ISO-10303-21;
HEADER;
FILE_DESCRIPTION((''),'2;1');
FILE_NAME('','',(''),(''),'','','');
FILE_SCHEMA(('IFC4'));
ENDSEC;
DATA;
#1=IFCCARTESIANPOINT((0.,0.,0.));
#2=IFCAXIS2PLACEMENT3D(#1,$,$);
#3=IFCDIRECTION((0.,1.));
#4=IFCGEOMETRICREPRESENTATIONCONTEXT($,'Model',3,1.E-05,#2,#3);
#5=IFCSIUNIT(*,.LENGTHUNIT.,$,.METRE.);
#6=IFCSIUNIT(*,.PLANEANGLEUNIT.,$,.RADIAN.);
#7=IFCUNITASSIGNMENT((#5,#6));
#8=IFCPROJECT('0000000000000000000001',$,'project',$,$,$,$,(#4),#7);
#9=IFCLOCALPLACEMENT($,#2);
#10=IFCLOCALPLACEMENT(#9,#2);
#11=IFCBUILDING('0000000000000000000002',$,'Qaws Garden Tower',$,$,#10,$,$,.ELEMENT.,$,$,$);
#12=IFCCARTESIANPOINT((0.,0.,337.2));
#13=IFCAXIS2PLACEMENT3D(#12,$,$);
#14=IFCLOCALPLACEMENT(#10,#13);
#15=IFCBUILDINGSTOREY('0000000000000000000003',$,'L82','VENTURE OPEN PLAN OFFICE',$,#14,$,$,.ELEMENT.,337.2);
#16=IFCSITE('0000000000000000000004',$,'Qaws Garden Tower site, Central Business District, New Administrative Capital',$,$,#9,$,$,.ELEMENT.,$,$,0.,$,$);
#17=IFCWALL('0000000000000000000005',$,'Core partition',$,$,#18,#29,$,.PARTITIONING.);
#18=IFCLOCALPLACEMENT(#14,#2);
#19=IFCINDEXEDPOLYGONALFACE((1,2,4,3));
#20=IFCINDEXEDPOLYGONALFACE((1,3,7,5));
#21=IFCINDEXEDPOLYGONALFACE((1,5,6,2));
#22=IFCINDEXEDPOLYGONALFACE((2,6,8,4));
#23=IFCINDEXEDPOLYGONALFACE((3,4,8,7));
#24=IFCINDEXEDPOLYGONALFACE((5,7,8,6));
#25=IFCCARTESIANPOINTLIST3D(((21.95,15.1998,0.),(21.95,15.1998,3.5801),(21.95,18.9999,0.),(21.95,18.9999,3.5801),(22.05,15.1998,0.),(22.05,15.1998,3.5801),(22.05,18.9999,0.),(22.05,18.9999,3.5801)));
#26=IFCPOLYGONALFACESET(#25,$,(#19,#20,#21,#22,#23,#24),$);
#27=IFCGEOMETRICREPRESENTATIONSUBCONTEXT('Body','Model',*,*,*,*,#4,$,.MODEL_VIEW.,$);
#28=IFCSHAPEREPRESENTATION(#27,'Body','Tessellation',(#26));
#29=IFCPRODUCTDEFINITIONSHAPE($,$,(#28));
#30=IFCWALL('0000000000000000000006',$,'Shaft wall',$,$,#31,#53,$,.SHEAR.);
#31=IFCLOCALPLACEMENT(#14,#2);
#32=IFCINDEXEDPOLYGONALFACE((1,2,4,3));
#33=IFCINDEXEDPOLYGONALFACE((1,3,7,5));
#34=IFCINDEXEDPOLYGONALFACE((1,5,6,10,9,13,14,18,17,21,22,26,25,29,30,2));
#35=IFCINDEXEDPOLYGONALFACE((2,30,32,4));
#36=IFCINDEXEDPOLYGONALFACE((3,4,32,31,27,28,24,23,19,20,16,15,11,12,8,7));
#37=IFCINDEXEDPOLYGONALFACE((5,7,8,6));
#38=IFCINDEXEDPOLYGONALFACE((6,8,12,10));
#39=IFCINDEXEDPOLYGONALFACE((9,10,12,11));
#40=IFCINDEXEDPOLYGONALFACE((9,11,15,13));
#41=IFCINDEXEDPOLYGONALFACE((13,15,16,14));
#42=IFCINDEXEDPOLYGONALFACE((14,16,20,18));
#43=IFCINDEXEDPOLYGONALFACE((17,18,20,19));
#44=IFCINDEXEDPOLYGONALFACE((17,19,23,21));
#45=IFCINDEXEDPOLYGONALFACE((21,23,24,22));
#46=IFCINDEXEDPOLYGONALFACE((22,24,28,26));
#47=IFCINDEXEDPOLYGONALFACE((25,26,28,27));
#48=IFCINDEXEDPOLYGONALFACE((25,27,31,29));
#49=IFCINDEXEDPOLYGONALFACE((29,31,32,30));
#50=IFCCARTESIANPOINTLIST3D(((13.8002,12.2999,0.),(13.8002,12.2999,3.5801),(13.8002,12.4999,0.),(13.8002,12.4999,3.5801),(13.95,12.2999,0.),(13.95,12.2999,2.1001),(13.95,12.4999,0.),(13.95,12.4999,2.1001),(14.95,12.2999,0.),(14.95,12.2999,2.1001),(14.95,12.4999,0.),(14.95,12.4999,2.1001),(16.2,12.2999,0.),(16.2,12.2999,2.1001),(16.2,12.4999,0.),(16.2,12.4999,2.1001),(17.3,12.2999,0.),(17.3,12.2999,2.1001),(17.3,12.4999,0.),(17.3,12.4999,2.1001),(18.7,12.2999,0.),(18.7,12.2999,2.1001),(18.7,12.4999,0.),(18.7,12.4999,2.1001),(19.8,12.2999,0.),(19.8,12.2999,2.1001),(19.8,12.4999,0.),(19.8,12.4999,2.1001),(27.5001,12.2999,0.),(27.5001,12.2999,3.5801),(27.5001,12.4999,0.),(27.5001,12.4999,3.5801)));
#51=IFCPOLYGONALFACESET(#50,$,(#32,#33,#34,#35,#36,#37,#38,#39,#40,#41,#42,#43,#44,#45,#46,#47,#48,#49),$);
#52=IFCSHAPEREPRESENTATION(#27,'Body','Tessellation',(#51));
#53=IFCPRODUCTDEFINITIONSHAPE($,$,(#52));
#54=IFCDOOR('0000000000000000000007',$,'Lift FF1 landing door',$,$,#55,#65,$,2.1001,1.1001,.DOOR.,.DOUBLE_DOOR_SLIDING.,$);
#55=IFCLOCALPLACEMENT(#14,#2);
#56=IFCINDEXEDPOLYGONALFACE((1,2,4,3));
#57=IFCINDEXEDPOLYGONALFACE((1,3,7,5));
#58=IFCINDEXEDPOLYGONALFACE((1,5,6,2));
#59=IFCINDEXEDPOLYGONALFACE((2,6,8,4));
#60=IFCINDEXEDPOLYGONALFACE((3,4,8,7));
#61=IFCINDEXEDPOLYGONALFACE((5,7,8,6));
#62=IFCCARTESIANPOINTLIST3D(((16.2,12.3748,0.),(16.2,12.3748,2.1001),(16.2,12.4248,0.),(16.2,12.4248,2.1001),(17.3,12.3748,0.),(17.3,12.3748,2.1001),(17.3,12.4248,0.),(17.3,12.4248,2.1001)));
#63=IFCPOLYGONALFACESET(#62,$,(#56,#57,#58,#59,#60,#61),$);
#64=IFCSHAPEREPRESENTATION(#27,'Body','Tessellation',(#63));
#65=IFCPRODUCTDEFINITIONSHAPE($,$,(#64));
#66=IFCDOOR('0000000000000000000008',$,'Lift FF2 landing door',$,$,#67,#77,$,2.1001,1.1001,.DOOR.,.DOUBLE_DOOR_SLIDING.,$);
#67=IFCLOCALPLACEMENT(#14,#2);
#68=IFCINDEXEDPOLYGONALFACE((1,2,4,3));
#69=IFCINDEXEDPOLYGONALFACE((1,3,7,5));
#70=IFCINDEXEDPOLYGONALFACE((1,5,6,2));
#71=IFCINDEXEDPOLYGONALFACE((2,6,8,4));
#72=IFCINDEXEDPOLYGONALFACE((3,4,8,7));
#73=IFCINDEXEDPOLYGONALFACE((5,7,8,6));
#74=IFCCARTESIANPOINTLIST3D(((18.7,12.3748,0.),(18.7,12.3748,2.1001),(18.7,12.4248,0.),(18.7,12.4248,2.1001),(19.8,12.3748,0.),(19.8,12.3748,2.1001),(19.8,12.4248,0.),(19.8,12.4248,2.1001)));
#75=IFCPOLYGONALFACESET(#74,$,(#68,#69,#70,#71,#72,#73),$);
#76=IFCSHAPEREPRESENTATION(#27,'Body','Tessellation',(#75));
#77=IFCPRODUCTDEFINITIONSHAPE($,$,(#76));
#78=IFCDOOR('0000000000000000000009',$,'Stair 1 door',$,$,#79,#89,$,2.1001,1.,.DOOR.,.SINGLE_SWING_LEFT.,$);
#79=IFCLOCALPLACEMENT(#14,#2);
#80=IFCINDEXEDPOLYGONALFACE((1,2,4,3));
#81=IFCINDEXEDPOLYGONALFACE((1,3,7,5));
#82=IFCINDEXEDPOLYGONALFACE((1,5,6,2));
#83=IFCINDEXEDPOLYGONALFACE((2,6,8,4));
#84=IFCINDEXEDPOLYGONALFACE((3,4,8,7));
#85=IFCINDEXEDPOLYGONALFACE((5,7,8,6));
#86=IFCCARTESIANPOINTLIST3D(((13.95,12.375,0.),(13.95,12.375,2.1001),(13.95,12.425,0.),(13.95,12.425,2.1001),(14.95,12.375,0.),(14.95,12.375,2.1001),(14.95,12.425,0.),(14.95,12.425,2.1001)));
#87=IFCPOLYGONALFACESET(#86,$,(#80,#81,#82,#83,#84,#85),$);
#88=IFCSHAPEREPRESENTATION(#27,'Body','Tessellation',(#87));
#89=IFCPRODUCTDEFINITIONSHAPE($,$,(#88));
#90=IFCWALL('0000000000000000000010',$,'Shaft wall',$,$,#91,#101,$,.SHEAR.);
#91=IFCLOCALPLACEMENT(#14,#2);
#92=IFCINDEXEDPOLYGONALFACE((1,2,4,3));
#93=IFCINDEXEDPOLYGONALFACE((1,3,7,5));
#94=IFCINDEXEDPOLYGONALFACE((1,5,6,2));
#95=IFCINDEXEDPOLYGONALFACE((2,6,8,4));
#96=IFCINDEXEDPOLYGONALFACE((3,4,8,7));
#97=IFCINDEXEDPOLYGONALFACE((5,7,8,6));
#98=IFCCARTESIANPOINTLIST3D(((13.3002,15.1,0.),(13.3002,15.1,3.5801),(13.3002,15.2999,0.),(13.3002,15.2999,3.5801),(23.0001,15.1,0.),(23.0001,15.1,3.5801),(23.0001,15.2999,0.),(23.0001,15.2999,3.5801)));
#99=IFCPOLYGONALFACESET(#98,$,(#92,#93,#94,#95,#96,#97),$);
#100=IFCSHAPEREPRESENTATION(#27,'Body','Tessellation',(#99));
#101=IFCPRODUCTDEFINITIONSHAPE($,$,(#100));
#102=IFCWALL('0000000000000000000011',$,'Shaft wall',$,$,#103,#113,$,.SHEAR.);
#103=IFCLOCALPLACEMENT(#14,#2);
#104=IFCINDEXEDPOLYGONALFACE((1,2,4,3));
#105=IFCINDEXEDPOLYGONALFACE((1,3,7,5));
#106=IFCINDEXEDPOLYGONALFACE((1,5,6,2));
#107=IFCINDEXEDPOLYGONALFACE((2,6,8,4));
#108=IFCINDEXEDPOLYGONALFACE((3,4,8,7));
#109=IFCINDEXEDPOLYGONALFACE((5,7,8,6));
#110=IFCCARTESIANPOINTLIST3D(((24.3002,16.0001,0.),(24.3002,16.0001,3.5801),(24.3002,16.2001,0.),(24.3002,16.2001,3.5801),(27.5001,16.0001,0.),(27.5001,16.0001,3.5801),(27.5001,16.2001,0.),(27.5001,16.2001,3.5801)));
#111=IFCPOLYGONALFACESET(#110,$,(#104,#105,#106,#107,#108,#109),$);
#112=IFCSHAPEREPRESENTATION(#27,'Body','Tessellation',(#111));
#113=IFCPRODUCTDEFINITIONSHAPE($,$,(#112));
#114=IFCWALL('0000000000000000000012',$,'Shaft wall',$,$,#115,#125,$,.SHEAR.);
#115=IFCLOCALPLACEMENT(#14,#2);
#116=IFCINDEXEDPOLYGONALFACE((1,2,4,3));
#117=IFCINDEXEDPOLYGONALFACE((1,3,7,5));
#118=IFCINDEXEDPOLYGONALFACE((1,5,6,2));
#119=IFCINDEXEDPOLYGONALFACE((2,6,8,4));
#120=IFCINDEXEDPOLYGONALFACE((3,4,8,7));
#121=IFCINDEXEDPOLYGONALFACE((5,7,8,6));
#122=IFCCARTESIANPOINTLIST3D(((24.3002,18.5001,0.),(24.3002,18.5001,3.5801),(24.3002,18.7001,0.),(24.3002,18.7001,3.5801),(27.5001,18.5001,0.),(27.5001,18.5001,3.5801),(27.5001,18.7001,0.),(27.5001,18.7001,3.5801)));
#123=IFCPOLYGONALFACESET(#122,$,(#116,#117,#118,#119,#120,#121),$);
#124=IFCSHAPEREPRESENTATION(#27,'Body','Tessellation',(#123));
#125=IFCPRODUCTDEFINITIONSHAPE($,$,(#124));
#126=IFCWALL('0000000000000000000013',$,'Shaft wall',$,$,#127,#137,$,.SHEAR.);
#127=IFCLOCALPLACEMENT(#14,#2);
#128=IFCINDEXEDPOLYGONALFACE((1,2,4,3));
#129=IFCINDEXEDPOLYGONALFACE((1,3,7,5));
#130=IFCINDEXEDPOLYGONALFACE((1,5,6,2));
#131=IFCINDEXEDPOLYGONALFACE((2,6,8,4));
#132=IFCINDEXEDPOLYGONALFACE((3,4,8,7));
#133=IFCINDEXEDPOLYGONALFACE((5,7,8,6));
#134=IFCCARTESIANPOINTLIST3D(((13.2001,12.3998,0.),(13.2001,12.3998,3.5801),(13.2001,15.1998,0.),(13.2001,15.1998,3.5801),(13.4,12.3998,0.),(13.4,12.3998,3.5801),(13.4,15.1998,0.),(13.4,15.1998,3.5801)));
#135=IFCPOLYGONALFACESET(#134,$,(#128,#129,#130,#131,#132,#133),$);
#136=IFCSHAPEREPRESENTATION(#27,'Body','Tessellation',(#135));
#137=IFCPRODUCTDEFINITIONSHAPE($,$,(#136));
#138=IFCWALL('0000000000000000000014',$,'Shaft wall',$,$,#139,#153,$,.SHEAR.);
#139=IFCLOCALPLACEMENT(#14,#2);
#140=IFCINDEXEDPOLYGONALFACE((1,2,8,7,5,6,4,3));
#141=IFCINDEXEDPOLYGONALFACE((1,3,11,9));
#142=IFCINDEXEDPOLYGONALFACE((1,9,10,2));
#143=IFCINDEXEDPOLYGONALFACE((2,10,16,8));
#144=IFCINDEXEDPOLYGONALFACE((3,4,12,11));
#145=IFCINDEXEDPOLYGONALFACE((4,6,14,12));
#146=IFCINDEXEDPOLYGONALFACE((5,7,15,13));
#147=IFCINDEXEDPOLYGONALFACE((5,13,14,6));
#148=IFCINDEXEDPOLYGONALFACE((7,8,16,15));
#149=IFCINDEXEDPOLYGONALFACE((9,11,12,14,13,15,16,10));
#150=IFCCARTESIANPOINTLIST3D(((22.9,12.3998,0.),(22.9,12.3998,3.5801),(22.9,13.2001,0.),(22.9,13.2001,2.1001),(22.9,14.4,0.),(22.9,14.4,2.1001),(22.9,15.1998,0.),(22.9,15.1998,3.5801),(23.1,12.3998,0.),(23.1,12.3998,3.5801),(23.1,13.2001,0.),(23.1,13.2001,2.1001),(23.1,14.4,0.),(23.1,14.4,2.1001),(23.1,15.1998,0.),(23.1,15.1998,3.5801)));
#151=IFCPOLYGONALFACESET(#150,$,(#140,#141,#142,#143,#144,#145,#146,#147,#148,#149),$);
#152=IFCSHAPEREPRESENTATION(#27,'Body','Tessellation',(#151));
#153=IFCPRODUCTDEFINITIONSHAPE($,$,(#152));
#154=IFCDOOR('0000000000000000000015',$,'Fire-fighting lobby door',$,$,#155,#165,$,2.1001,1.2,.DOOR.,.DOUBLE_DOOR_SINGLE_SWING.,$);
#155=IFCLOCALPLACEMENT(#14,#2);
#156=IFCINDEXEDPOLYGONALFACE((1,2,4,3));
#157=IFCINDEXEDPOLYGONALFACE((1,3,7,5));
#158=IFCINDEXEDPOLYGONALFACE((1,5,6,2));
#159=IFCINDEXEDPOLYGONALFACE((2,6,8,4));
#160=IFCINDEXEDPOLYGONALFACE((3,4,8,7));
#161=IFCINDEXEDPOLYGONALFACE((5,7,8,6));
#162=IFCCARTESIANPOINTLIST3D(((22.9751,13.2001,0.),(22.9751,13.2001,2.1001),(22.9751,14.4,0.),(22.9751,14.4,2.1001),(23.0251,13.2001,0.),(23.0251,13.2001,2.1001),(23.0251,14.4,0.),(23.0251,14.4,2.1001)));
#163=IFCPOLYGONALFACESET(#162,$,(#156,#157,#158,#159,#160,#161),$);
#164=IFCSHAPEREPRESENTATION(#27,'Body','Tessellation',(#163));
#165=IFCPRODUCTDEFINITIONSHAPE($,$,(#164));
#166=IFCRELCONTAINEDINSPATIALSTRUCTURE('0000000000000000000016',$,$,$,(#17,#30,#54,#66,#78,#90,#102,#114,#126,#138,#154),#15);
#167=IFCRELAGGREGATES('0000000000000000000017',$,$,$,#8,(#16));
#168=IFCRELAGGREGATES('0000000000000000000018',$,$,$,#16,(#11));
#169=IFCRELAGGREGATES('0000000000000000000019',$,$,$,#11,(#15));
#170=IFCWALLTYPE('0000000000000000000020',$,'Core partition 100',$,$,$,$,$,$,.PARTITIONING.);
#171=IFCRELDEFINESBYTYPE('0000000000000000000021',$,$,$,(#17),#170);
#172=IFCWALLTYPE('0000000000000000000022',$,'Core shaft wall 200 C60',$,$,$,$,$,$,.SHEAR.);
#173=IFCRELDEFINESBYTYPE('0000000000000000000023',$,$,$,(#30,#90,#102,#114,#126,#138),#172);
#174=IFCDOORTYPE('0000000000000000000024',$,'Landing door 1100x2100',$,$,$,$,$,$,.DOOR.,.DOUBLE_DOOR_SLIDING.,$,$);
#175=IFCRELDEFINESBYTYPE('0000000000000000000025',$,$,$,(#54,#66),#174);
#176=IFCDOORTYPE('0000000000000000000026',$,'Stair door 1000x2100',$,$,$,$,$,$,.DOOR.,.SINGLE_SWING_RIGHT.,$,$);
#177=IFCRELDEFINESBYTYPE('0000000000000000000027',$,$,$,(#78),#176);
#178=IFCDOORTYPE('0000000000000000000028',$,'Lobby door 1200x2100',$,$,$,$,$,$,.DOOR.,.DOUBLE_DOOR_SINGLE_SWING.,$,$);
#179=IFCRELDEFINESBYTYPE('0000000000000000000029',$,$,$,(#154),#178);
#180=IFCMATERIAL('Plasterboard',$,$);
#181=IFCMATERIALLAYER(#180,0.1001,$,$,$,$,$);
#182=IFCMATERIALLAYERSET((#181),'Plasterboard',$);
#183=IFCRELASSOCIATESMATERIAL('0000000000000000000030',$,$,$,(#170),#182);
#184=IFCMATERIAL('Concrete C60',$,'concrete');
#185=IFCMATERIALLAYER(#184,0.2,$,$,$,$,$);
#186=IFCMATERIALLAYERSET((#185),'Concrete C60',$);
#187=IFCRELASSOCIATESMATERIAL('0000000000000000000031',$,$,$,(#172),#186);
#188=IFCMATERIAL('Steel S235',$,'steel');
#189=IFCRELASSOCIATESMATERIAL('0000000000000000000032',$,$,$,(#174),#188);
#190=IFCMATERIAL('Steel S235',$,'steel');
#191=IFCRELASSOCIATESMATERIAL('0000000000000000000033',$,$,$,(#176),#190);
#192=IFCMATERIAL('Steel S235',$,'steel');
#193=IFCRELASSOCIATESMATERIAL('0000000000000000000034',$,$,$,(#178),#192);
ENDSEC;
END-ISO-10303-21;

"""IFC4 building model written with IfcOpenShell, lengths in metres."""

from ifc_helpers import new_model, si_unit, direction, frame, frame_2d, origin, place, context, subcontext, project, spatial, rectangle, extrude, material, layer, layer_set, type_object, element, fill, save


model = new_model("IFC4")

# Units and contexts
model_context = context("Model", 3, precision=1e-05, world=origin(), true_north=direction((0.0, 1.0)))
body_context = subcontext(model_context, "Body", "Model", "MODEL_VIEW")
ifc_project = project(units=[si_unit("LENGTHUNIT", "METRE"), si_unit("PLANEANGLEUNIT", "RADIAN")], contexts=[model_context])

# Site, building, storey
site_placement = place(None, origin())
site = spatial("IfcSite", under=ifc_project, at=site_placement, Name="Qaws Garden Tower site, Central Business District, New Administrative Capital", CompositionType="ELEMENT", RefElevation=0.0)
building_placement = place(site_placement, origin())
building = spatial("IfcBuilding", under=site, at=building_placement, Name="Qaws Garden Tower", CompositionType="ELEMENT")
storey_placement = place(building_placement, frame((0.0, 0.0, 337.2)))
storey = spatial("IfcBuildingStorey", under=building, at=storey_placement, Name="L82", Description="VENTURE OPEN PLAN OFFICE", CompositionType="ELEMENT", Elevation=337.2)

# Shared definitions
ifc_material_1 = material(Name="Plasterboard")
ifc_layer_1 = layer(ifc_material_1, 0.1001)
ifc_layer_set_1 = layer_set([ifc_layer_1], Name="Plasterboard")
wall_type_1 = type_object("IfcWallType", Name="Core partition 100", PredefinedType="PARTITIONING", material=ifc_layer_set_1)

# Wall
wall_1_placement = place(storey_placement, frame((22.0, 15.2, 0.0), z_axis=(0.0, 0.0, 1.0), x_axis=(0.0, 1.0, 0.0)))
element("IfcWall", 1, at=wall_1_placement, inside=storey, type_object=wall_type_1, Name="Core partition", PredefinedType="PARTITIONING", context=body_context, shape_type="SweptSolid", body=[
    extrude(rectangle(XDim=3.8, YDim=0.1001, at=frame_2d((1.8999, 0.0))), origin(), (0.0, 0.0, 1.0), 3.5801),
])

# Wall, openings, doors
ifc_material_2 = material(Name="Concrete C60", Category="concrete")
ifc_layer_2 = layer(ifc_material_2, 0.2)
ifc_layer_set_2 = layer_set([ifc_layer_2], Name="Concrete C60")
wall_type_2 = type_object("IfcWallType", Name="Core shaft wall 200 C60", PredefinedType="SHEAR", material=ifc_layer_set_2)
wall_2_placement = place(storey_placement, frame((13.8, 12.3999, 0.0), z_axis=(0.0, 0.0, 1.0), x_axis=(1.0, 0.0, 0.0)))
wall_2 = element("IfcWall", 2, at=wall_2_placement, inside=storey, type_object=wall_type_2, Name="Shaft wall", PredefinedType="SHEAR", context=body_context, shape_type="SweptSolid", body=[
    extrude(rectangle(XDim=13.7, YDim=0.2, at=frame_2d((6.8501, 0.0))), origin(), (0.0, 0.0, 1.0), 3.5801),
])
opening_1_placement = place(wall_2_placement, frame((2.3999, 0.0, 0.0)))
opening_1 = element("IfcOpeningElement", 3, at=opening_1_placement, cuts=wall_2, PredefinedType="OPENING", context=body_context, shape_type="SweptSolid", body=[
    extrude(rectangle(XDim=1.1001, YDim=2.1001, at=frame_2d((0.55, 1.05))), frame((0.0, 0.1099, 0.0), z_axis=(0.0, -1.0, 0.0), x_axis=(1.0, 0.0, 0.0)), (0.0, 0.0, 1.0), 0.22),
])
opening_2_placement = place(wall_2_placement, frame((4.8999, 0.0, 0.0)))
opening_2 = element("IfcOpeningElement", 4, at=opening_2_placement, cuts=wall_2, PredefinedType="OPENING", context=body_context, shape_type="SweptSolid", body=[
    extrude(rectangle(XDim=1.1001, YDim=2.1001, at=frame_2d((0.55, 1.05))), frame((0.0, 0.1099, 0.0), z_axis=(0.0, -1.0, 0.0), x_axis=(1.0, 0.0, 0.0)), (0.0, 0.0, 1.0), 0.22),
])
opening_3_placement = place(wall_2_placement, frame((0.1499, 0.0, 0.0)))
opening_3 = element("IfcOpeningElement", 5, at=opening_3_placement, cuts=wall_2, PredefinedType="OPENING", context=body_context, shape_type="SweptSolid", body=[
    extrude(rectangle(XDim=1.0, YDim=2.1001, at=frame_2d((0.5, 1.05))), frame((0.0, 0.1099, 0.0), z_axis=(0.0, -1.0, 0.0), x_axis=(1.0, 0.0, 0.0)), (0.0, 0.0, 1.0), 0.22),
])
ifc_material_3 = material(Name="Steel S235", Category="steel")
door_type_1 = type_object("IfcDoorType", Name="Landing door 1100x2100", OperationType="DOUBLE_DOOR_SLIDING", PredefinedType="DOOR", material=ifc_material_3)
door_1_placement = place(opening_1_placement, origin())
door_1 = element("IfcDoor", 6, at=door_1_placement, inside=storey, type_object=door_type_1, Name="Lift FF1 landing door", OperationType="DOUBLE_DOOR_SLIDING", OverallHeight=2.1001, OverallWidth=1.1001, PredefinedType="DOOR", context=body_context, shape_type="SweptSolid", body=[
    extrude(rectangle(XDim=1.1001, YDim=2.1001, at=frame_2d((0.55, 1.05))), frame((0.0, 0.0249, 0.0), z_axis=(0.0, -1.0, 0.0), x_axis=(1.0, 0.0, 0.0)), (0.0, 0.0, 1.0), 0.05),
])
fill(opening_1, door_1)
door_2_placement = place(opening_2_placement, origin())
door_2 = element("IfcDoor", 7, at=door_2_placement, inside=storey, type_object=door_type_1, Name="Lift FF2 landing door", OperationType="DOUBLE_DOOR_SLIDING", OverallHeight=2.1001, OverallWidth=1.1001, PredefinedType="DOOR", context=body_context, shape_type="SweptSolid", body=[
    extrude(rectangle(XDim=1.1001, YDim=2.1001, at=frame_2d((0.55, 1.05))), frame((0.0, 0.0249, 0.0), z_axis=(0.0, -1.0, 0.0), x_axis=(1.0, 0.0, 0.0)), (0.0, 0.0, 1.0), 0.05),
])
fill(opening_2, door_2)
ifc_material_4 = material(Name="Steel S235", Category="steel")
door_type_2 = type_object("IfcDoorType", Name="Stair door 1000x2100", OperationType="SINGLE_SWING_RIGHT", PredefinedType="DOOR", material=ifc_material_4)
door_3_placement = place(opening_3_placement, frame((1.0, 0.0, 0.0), z_axis=(0.0, 0.0, 1.0), x_axis=(-1.0, 0.0, 0.0)))
door_3 = element("IfcDoor", 8, at=door_3_placement, inside=storey, type_object=door_type_2, Name="Stair 1 door", OperationType="SINGLE_SWING_LEFT", OverallHeight=2.1001, OverallWidth=1.0, PredefinedType="DOOR", context=body_context, shape_type="SweptSolid", body=[
    extrude(rectangle(XDim=1.0, YDim=2.1001, at=frame_2d((0.5, 1.05))), frame((0.0, 0.0249, 0.0), z_axis=(0.0, -1.0, 0.0), x_axis=(1.0, 0.0, 0.0)), (0.0, 0.0, 1.0), 0.05),
])
fill(opening_3, door_3)

# Walls
wall_3_placement = place(storey_placement, frame((13.3, 15.2, 0.0), z_axis=(0.0, 0.0, 1.0), x_axis=(1.0, 0.0, 0.0)))
element("IfcWall", 9, at=wall_3_placement, inside=storey, type_object=wall_type_2, Name="Shaft wall", PredefinedType="SHEAR", context=body_context, shape_type="SweptSolid", body=[
    extrude(rectangle(XDim=9.7, YDim=0.2, at=frame_2d((4.8501, 0.0))), origin(), (0.0, 0.0, 1.0), 3.5801),
])
for number, where, z_axis, x_axis, name in (
    (10, (24.3, 16.1001, 0.0), (0.0, 0.0, 1.0), (1.0, 0.0, 0.0), "Shaft wall"),
    (11, (24.3, 18.6001, 0.0), (0.0, 0.0, 1.0), (1.0, 0.0, 0.0), "Shaft wall"),
):
    element("IfcWall", number, at=place(storey_placement, frame(where, z_axis=z_axis, x_axis=x_axis)), inside=storey, type_object=wall_type_2, Name=name, PredefinedType="SHEAR", context=body_context, shape_type="SweptSolid", body=[
        extrude(rectangle(XDim=3.2, YDim=0.2, at=frame_2d((1.6001, 0.0))), origin(), (0.0, 0.0, 1.0), 3.5801),
    ])
wall_4_placement = place(storey_placement, frame((13.3, 12.3999, 0.0), z_axis=(0.0, 0.0, 1.0), x_axis=(0.0, 1.0, 0.0)))
element("IfcWall", 12, at=wall_4_placement, inside=storey, type_object=wall_type_2, Name="Shaft wall", PredefinedType="SHEAR", context=body_context, shape_type="SweptSolid", body=[
    extrude(rectangle(XDim=2.8, YDim=0.2, at=frame_2d((1.3999, 0.0))), origin(), (0.0, 0.0, 1.0), 3.5801),
])

# Wall, opening, door
wall_5_placement = place(storey_placement, frame((23.0, 12.3999, 0.0), z_axis=(0.0, 0.0, 1.0), x_axis=(0.0, 1.0, 0.0)))
wall_5 = element("IfcWall", 13, at=wall_5_placement, inside=storey, type_object=wall_type_2, Name="Shaft wall", PredefinedType="SHEAR", context=body_context, shape_type="SweptSolid", body=[
    extrude(rectangle(XDim=2.8, YDim=0.2, at=frame_2d((1.3999, 0.0))), origin(), (0.0, 0.0, 1.0), 3.5801),
])
opening_4_placement = place(wall_5_placement, frame((0.8, 0.0, 0.0)))
opening_4 = element("IfcOpeningElement", 14, at=opening_4_placement, cuts=wall_5, PredefinedType="OPENING", context=body_context, shape_type="SweptSolid", body=[
    extrude(rectangle(XDim=1.2, YDim=2.1001, at=frame_2d((0.6001, 1.05))), frame((0.0, 0.1099, 0.0), z_axis=(0.0, -1.0, 0.0), x_axis=(1.0, 0.0, 0.0)), (0.0, 0.0, 1.0), 0.22),
])
ifc_material_5 = material(Name="Steel S235", Category="steel")
door_type_3 = type_object("IfcDoorType", Name="Lobby door 1200x2100", OperationType="DOUBLE_DOOR_SINGLE_SWING", PredefinedType="DOOR", material=ifc_material_5)
door_4_placement = place(opening_4_placement, origin())
door_4 = element("IfcDoor", 15, at=door_4_placement, inside=storey, type_object=door_type_3, Name="Fire-fighting lobby door", OperationType="DOUBLE_DOOR_SINGLE_SWING", OverallHeight=2.1001, OverallWidth=1.2, PredefinedType="DOOR", context=body_context, shape_type="SweptSolid", body=[
    extrude(rectangle(XDim=1.2, YDim=2.1001, at=frame_2d((0.6001, 1.05))), frame((0.0, 0.0249, 0.0), z_axis=(0.0, -1.0, 0.0), x_axis=(1.0, 0.0, 0.0)), (0.0, 0.0, 1.0), 0.05),
])
fill(opening_4, door_4)

save(model, "model.ifc")
